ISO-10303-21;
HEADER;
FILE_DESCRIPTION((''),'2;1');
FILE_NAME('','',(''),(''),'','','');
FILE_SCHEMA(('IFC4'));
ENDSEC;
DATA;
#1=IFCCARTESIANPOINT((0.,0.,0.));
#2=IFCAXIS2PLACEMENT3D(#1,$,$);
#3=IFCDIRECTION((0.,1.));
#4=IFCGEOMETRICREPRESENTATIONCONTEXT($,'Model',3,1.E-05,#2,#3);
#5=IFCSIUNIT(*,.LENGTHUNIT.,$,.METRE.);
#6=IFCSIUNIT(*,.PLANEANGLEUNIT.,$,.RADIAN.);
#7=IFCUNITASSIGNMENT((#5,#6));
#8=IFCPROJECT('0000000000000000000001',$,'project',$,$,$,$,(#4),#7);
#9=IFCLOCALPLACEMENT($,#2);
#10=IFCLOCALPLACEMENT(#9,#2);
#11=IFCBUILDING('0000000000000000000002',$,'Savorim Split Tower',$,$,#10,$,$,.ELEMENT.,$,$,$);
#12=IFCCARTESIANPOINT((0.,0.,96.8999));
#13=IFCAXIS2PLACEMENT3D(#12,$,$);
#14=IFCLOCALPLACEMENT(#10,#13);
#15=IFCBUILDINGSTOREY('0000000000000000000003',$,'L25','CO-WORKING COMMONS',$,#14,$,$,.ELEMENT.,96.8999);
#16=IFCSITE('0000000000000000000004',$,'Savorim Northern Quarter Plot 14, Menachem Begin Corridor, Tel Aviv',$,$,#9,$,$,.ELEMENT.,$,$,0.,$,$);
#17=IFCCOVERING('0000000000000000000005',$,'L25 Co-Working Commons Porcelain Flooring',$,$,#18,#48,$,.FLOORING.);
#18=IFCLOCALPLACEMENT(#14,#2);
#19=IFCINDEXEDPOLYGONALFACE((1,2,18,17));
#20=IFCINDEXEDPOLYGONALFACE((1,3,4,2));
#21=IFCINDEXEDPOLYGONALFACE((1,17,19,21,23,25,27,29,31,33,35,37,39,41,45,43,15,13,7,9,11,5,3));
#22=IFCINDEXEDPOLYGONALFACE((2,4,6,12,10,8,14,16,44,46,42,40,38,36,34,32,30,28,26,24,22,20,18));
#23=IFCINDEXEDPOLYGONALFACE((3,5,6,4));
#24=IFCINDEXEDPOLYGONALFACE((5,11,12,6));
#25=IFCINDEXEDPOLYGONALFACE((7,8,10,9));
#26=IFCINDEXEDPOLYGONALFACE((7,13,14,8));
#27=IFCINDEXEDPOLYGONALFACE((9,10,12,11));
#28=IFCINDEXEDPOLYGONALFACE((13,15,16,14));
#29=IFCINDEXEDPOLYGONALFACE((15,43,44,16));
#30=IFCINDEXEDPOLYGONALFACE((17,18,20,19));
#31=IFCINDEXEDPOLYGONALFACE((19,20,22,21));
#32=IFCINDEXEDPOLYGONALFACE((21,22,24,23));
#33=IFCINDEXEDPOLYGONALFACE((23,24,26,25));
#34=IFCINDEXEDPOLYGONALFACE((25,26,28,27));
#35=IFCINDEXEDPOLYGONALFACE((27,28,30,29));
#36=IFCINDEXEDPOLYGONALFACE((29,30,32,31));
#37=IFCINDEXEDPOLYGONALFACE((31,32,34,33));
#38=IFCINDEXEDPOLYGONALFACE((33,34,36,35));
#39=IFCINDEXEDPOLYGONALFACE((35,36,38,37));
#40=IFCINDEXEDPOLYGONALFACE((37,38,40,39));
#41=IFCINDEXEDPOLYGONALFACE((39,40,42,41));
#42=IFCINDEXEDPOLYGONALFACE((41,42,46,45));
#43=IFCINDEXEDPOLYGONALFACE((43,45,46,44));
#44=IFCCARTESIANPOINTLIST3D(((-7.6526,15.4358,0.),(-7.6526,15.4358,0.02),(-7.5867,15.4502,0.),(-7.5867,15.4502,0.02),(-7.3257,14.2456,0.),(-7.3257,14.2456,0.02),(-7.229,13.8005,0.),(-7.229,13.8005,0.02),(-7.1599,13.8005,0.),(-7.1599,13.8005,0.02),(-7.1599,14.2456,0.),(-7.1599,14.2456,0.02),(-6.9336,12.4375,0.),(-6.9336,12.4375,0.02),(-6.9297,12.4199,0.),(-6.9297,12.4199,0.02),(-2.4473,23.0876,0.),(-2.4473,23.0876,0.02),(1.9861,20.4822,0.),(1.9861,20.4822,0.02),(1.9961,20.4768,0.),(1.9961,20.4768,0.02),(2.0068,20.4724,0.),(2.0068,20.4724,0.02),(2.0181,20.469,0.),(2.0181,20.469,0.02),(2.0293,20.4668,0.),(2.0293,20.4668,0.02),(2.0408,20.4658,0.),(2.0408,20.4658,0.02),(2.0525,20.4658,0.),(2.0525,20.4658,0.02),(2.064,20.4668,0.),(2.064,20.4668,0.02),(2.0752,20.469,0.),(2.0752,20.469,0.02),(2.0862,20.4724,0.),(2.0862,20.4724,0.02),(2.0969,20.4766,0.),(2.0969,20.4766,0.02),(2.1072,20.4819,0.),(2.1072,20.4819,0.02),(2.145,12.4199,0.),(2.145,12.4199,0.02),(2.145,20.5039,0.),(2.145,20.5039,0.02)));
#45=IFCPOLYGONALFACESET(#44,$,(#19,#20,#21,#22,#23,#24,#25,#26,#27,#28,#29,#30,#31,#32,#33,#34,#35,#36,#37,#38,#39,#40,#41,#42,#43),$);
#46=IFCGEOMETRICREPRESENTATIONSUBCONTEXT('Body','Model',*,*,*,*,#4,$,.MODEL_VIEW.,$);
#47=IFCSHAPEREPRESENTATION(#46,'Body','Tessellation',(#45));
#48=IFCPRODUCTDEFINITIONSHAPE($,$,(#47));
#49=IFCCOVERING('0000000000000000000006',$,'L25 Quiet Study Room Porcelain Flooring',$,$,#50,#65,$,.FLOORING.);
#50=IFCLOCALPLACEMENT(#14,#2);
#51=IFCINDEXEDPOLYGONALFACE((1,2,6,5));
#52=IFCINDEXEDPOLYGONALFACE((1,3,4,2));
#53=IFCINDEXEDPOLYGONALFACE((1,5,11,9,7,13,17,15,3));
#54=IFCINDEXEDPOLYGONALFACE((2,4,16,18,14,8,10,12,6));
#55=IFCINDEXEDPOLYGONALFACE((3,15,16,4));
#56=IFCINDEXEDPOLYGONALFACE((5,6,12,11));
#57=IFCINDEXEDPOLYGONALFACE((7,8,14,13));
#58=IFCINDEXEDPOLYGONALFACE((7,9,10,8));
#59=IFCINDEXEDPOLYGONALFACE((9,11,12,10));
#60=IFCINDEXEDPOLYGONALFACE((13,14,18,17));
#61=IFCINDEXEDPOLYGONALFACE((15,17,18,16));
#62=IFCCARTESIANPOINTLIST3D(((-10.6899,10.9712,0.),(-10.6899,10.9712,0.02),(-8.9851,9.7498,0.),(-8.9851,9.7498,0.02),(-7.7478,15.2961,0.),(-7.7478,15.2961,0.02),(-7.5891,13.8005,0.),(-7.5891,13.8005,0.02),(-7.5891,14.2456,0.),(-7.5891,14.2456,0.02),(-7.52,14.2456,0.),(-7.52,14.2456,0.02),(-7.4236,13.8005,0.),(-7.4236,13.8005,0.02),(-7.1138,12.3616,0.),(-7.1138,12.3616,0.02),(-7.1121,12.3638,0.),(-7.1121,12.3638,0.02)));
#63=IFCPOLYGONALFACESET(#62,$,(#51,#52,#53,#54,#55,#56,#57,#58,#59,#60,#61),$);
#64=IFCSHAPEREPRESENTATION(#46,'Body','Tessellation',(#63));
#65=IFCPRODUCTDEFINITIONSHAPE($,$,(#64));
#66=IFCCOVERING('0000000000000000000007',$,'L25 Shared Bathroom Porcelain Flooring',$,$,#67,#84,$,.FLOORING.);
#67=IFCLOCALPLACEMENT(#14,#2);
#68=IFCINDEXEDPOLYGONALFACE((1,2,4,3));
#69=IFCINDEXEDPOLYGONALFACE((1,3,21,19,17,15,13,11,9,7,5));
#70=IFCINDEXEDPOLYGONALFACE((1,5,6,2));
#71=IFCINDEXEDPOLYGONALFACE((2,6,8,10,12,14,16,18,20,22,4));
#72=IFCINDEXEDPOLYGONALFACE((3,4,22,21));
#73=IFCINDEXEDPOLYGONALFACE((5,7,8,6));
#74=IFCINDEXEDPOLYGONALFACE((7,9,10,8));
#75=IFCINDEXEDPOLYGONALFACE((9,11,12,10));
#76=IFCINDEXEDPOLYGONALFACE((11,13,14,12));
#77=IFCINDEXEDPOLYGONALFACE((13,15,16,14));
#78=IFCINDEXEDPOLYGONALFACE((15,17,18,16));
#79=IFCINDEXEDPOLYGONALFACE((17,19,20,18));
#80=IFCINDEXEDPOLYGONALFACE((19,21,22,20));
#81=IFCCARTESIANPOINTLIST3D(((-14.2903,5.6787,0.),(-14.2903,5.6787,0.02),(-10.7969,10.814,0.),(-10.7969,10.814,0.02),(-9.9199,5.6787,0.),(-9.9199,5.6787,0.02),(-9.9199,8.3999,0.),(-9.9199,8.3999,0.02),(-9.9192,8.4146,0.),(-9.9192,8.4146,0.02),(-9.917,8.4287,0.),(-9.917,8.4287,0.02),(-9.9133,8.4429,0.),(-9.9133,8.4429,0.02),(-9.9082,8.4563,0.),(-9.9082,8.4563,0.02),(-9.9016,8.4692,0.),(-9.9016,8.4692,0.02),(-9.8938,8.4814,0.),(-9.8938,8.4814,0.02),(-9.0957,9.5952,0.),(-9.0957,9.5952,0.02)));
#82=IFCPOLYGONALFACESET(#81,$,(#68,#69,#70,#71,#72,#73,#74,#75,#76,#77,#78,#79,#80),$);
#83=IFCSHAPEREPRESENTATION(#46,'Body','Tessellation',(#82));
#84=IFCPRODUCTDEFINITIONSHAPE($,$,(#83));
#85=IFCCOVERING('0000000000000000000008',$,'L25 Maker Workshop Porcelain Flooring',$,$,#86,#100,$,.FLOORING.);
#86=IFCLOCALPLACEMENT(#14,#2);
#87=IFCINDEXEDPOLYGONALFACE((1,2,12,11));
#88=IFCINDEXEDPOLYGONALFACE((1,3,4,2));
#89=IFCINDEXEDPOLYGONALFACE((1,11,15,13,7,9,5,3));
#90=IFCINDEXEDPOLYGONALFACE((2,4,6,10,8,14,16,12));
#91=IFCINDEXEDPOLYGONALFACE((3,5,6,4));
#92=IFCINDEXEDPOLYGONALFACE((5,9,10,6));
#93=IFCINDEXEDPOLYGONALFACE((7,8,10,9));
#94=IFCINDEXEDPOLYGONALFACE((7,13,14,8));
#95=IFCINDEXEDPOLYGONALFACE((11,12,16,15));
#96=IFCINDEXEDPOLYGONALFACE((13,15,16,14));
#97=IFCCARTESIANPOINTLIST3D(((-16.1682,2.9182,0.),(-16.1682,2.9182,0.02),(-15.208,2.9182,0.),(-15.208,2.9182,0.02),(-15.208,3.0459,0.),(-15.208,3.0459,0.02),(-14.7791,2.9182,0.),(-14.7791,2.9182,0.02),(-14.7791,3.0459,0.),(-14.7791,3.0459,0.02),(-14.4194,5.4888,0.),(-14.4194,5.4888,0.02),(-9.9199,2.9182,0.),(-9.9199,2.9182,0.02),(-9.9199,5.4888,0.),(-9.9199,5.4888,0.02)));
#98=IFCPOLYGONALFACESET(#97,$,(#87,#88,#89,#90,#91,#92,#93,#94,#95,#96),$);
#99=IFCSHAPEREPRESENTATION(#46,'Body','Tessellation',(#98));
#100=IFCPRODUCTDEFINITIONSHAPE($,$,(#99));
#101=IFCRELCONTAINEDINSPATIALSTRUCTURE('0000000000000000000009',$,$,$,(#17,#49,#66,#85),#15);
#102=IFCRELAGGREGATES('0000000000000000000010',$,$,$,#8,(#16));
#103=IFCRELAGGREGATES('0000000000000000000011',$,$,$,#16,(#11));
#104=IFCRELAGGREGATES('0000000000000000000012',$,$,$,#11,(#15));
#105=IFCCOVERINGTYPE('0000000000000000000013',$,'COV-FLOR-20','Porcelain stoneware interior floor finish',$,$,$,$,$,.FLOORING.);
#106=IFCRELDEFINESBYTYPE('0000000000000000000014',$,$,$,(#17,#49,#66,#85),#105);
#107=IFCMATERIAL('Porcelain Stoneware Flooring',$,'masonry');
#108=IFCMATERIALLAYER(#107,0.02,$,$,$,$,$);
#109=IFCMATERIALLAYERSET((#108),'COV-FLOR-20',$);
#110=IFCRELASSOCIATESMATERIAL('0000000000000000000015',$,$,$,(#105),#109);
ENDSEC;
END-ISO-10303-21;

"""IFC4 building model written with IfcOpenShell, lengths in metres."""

from ifc_helpers import new_model, si_unit, direction, frame, origin, place, context, subcontext, project, spatial, polyline, outline, extrude, material, layer, layer_set, type_object, element, save


model = new_model("IFC4")

# Units and contexts
model_context = context("Model", 3, precision=1e-05, world=origin(), true_north=direction((0.0, 1.0)))
body_context = subcontext(model_context, "Body", "Model", "MODEL_VIEW")
ifc_project = project(units=[si_unit("LENGTHUNIT", "METRE"), si_unit("PLANEANGLEUNIT", "RADIAN")], contexts=[model_context])

# Site, building, storey
site_placement = place(None, origin())
site = spatial("IfcSite", under=ifc_project, at=site_placement, Name="Savorim Northern Quarter Plot 14, Menachem Begin Corridor, Tel Aviv", CompositionType="ELEMENT", RefElevation=0.0)
building_placement = place(site_placement, origin())
building = spatial("IfcBuilding", under=site, at=building_placement, Name="Savorim Split Tower", CompositionType="ELEMENT")
storey_placement = place(building_placement, frame((0.0, 0.0, 96.8999)))
storey = spatial("IfcBuildingStorey", under=building, at=storey_placement, Name="L25", Description="CO-WORKING COMMONS", CompositionType="ELEMENT", Elevation=96.8999)

# Coverings
ifc_material_1 = material(Name="Porcelain Stoneware Flooring", Category="masonry")
ifc_layer_1 = layer(ifc_material_1, 0.02)
ifc_layer_set_1 = layer_set([ifc_layer_1], Name="COV-FLOR-20")
covering_type_1 = type_object("IfcCoveringType", Name="COV-FLOR-20", Description="Porcelain stoneware interior floor finish", PredefinedType="FLOORING", material=ifc_layer_set_1)
covering_1_placement = place(storey_placement, origin())
element("IfcCovering", 1, at=covering_1_placement, inside=storey, type_object=covering_type_1, Name="L25 Co-Working Commons Porcelain Flooring", PredefinedType="FLOORING", context=body_context, shape_type="SweptSolid", body=[
    extrude(outline(polyline([(2.0068, 20.4724), (1.9961, 20.4768), (1.9861, 20.4822), (-2.4473, 23.0876), (-7.6526, 15.4358), (-7.5867, 15.4502), (-7.3257, 14.2456), (-7.1599, 14.2456), (-7.1599, 13.8005), (-7.229, 13.8005), (-6.9336, 12.4375), (-6.9297, 12.4199), (2.145, 12.4199), (2.145, 20.5039), (2.1072, 20.4819), (2.0969, 20.4766), (2.0862, 20.4724), (2.0752, 20.469), (2.064, 20.4668), (2.0525, 20.4658), (2.0408, 20.4658), (2.0293, 20.4668), (2.0181, 20.469), (2.0068, 20.4724)])), origin(), (0.0, 0.0, 1.0), 0.02),
])
covering_2_placement = place(storey_placement, origin())
element("IfcCovering", 2, at=covering_2_placement, inside=storey, type_object=covering_type_1, Name="L25 Quiet Study Room Porcelain Flooring", PredefinedType="FLOORING", context=body_context, shape_type="SweptSolid", body=[
    extrude(outline(polyline([(-8.9851, 9.7498), (-7.1138, 12.3616), (-7.1121, 12.3638), (-7.4236, 13.8005), (-7.5891, 13.8005), (-7.5891, 14.2456), (-7.52, 14.2456), (-7.7478, 15.2961), (-10.6899, 10.9712), (-8.9851, 9.7498)])), origin(), (0.0, 0.0, 1.0), 0.02),
])
covering_3_placement = place(storey_placement, origin())
element("IfcCovering", 3, at=covering_3_placement, inside=storey, type_object=covering_type_1, Name="L25 Shared Bathroom Porcelain Flooring", PredefinedType="FLOORING", context=body_context, shape_type="SweptSolid", body=[
    extrude(outline(polyline([(-9.9082, 8.4563), (-9.9016, 8.4692), (-9.8938, 8.4814), (-9.0957, 9.5952), (-10.7969, 10.814), (-14.2903, 5.6787), (-9.9199, 5.6787), (-9.9199, 8.3999), (-9.9192, 8.4146), (-9.917, 8.4287), (-9.9133, 8.4429), (-9.9082, 8.4563)])), origin(), (0.0, 0.0, 1.0), 0.02),
])
covering_4_placement = place(storey_placement, origin())
element("IfcCovering", 4, at=covering_4_placement, inside=storey, type_object=covering_type_1, Name="L25 Maker Workshop Porcelain Flooring", PredefinedType="FLOORING", context=body_context, shape_type="SweptSolid", body=[
    extrude(outline(polyline([(-14.7791, 3.0459), (-14.7791, 2.9182), (-9.9199, 2.9182), (-9.9199, 5.4888), (-14.4194, 5.4888), (-16.1682, 2.9182), (-15.208, 2.9182), (-15.208, 3.0459), (-14.7791, 3.0459)])), origin(), (0.0, 0.0, 1.0), 0.02),
])

save(model, "model.ifc")
